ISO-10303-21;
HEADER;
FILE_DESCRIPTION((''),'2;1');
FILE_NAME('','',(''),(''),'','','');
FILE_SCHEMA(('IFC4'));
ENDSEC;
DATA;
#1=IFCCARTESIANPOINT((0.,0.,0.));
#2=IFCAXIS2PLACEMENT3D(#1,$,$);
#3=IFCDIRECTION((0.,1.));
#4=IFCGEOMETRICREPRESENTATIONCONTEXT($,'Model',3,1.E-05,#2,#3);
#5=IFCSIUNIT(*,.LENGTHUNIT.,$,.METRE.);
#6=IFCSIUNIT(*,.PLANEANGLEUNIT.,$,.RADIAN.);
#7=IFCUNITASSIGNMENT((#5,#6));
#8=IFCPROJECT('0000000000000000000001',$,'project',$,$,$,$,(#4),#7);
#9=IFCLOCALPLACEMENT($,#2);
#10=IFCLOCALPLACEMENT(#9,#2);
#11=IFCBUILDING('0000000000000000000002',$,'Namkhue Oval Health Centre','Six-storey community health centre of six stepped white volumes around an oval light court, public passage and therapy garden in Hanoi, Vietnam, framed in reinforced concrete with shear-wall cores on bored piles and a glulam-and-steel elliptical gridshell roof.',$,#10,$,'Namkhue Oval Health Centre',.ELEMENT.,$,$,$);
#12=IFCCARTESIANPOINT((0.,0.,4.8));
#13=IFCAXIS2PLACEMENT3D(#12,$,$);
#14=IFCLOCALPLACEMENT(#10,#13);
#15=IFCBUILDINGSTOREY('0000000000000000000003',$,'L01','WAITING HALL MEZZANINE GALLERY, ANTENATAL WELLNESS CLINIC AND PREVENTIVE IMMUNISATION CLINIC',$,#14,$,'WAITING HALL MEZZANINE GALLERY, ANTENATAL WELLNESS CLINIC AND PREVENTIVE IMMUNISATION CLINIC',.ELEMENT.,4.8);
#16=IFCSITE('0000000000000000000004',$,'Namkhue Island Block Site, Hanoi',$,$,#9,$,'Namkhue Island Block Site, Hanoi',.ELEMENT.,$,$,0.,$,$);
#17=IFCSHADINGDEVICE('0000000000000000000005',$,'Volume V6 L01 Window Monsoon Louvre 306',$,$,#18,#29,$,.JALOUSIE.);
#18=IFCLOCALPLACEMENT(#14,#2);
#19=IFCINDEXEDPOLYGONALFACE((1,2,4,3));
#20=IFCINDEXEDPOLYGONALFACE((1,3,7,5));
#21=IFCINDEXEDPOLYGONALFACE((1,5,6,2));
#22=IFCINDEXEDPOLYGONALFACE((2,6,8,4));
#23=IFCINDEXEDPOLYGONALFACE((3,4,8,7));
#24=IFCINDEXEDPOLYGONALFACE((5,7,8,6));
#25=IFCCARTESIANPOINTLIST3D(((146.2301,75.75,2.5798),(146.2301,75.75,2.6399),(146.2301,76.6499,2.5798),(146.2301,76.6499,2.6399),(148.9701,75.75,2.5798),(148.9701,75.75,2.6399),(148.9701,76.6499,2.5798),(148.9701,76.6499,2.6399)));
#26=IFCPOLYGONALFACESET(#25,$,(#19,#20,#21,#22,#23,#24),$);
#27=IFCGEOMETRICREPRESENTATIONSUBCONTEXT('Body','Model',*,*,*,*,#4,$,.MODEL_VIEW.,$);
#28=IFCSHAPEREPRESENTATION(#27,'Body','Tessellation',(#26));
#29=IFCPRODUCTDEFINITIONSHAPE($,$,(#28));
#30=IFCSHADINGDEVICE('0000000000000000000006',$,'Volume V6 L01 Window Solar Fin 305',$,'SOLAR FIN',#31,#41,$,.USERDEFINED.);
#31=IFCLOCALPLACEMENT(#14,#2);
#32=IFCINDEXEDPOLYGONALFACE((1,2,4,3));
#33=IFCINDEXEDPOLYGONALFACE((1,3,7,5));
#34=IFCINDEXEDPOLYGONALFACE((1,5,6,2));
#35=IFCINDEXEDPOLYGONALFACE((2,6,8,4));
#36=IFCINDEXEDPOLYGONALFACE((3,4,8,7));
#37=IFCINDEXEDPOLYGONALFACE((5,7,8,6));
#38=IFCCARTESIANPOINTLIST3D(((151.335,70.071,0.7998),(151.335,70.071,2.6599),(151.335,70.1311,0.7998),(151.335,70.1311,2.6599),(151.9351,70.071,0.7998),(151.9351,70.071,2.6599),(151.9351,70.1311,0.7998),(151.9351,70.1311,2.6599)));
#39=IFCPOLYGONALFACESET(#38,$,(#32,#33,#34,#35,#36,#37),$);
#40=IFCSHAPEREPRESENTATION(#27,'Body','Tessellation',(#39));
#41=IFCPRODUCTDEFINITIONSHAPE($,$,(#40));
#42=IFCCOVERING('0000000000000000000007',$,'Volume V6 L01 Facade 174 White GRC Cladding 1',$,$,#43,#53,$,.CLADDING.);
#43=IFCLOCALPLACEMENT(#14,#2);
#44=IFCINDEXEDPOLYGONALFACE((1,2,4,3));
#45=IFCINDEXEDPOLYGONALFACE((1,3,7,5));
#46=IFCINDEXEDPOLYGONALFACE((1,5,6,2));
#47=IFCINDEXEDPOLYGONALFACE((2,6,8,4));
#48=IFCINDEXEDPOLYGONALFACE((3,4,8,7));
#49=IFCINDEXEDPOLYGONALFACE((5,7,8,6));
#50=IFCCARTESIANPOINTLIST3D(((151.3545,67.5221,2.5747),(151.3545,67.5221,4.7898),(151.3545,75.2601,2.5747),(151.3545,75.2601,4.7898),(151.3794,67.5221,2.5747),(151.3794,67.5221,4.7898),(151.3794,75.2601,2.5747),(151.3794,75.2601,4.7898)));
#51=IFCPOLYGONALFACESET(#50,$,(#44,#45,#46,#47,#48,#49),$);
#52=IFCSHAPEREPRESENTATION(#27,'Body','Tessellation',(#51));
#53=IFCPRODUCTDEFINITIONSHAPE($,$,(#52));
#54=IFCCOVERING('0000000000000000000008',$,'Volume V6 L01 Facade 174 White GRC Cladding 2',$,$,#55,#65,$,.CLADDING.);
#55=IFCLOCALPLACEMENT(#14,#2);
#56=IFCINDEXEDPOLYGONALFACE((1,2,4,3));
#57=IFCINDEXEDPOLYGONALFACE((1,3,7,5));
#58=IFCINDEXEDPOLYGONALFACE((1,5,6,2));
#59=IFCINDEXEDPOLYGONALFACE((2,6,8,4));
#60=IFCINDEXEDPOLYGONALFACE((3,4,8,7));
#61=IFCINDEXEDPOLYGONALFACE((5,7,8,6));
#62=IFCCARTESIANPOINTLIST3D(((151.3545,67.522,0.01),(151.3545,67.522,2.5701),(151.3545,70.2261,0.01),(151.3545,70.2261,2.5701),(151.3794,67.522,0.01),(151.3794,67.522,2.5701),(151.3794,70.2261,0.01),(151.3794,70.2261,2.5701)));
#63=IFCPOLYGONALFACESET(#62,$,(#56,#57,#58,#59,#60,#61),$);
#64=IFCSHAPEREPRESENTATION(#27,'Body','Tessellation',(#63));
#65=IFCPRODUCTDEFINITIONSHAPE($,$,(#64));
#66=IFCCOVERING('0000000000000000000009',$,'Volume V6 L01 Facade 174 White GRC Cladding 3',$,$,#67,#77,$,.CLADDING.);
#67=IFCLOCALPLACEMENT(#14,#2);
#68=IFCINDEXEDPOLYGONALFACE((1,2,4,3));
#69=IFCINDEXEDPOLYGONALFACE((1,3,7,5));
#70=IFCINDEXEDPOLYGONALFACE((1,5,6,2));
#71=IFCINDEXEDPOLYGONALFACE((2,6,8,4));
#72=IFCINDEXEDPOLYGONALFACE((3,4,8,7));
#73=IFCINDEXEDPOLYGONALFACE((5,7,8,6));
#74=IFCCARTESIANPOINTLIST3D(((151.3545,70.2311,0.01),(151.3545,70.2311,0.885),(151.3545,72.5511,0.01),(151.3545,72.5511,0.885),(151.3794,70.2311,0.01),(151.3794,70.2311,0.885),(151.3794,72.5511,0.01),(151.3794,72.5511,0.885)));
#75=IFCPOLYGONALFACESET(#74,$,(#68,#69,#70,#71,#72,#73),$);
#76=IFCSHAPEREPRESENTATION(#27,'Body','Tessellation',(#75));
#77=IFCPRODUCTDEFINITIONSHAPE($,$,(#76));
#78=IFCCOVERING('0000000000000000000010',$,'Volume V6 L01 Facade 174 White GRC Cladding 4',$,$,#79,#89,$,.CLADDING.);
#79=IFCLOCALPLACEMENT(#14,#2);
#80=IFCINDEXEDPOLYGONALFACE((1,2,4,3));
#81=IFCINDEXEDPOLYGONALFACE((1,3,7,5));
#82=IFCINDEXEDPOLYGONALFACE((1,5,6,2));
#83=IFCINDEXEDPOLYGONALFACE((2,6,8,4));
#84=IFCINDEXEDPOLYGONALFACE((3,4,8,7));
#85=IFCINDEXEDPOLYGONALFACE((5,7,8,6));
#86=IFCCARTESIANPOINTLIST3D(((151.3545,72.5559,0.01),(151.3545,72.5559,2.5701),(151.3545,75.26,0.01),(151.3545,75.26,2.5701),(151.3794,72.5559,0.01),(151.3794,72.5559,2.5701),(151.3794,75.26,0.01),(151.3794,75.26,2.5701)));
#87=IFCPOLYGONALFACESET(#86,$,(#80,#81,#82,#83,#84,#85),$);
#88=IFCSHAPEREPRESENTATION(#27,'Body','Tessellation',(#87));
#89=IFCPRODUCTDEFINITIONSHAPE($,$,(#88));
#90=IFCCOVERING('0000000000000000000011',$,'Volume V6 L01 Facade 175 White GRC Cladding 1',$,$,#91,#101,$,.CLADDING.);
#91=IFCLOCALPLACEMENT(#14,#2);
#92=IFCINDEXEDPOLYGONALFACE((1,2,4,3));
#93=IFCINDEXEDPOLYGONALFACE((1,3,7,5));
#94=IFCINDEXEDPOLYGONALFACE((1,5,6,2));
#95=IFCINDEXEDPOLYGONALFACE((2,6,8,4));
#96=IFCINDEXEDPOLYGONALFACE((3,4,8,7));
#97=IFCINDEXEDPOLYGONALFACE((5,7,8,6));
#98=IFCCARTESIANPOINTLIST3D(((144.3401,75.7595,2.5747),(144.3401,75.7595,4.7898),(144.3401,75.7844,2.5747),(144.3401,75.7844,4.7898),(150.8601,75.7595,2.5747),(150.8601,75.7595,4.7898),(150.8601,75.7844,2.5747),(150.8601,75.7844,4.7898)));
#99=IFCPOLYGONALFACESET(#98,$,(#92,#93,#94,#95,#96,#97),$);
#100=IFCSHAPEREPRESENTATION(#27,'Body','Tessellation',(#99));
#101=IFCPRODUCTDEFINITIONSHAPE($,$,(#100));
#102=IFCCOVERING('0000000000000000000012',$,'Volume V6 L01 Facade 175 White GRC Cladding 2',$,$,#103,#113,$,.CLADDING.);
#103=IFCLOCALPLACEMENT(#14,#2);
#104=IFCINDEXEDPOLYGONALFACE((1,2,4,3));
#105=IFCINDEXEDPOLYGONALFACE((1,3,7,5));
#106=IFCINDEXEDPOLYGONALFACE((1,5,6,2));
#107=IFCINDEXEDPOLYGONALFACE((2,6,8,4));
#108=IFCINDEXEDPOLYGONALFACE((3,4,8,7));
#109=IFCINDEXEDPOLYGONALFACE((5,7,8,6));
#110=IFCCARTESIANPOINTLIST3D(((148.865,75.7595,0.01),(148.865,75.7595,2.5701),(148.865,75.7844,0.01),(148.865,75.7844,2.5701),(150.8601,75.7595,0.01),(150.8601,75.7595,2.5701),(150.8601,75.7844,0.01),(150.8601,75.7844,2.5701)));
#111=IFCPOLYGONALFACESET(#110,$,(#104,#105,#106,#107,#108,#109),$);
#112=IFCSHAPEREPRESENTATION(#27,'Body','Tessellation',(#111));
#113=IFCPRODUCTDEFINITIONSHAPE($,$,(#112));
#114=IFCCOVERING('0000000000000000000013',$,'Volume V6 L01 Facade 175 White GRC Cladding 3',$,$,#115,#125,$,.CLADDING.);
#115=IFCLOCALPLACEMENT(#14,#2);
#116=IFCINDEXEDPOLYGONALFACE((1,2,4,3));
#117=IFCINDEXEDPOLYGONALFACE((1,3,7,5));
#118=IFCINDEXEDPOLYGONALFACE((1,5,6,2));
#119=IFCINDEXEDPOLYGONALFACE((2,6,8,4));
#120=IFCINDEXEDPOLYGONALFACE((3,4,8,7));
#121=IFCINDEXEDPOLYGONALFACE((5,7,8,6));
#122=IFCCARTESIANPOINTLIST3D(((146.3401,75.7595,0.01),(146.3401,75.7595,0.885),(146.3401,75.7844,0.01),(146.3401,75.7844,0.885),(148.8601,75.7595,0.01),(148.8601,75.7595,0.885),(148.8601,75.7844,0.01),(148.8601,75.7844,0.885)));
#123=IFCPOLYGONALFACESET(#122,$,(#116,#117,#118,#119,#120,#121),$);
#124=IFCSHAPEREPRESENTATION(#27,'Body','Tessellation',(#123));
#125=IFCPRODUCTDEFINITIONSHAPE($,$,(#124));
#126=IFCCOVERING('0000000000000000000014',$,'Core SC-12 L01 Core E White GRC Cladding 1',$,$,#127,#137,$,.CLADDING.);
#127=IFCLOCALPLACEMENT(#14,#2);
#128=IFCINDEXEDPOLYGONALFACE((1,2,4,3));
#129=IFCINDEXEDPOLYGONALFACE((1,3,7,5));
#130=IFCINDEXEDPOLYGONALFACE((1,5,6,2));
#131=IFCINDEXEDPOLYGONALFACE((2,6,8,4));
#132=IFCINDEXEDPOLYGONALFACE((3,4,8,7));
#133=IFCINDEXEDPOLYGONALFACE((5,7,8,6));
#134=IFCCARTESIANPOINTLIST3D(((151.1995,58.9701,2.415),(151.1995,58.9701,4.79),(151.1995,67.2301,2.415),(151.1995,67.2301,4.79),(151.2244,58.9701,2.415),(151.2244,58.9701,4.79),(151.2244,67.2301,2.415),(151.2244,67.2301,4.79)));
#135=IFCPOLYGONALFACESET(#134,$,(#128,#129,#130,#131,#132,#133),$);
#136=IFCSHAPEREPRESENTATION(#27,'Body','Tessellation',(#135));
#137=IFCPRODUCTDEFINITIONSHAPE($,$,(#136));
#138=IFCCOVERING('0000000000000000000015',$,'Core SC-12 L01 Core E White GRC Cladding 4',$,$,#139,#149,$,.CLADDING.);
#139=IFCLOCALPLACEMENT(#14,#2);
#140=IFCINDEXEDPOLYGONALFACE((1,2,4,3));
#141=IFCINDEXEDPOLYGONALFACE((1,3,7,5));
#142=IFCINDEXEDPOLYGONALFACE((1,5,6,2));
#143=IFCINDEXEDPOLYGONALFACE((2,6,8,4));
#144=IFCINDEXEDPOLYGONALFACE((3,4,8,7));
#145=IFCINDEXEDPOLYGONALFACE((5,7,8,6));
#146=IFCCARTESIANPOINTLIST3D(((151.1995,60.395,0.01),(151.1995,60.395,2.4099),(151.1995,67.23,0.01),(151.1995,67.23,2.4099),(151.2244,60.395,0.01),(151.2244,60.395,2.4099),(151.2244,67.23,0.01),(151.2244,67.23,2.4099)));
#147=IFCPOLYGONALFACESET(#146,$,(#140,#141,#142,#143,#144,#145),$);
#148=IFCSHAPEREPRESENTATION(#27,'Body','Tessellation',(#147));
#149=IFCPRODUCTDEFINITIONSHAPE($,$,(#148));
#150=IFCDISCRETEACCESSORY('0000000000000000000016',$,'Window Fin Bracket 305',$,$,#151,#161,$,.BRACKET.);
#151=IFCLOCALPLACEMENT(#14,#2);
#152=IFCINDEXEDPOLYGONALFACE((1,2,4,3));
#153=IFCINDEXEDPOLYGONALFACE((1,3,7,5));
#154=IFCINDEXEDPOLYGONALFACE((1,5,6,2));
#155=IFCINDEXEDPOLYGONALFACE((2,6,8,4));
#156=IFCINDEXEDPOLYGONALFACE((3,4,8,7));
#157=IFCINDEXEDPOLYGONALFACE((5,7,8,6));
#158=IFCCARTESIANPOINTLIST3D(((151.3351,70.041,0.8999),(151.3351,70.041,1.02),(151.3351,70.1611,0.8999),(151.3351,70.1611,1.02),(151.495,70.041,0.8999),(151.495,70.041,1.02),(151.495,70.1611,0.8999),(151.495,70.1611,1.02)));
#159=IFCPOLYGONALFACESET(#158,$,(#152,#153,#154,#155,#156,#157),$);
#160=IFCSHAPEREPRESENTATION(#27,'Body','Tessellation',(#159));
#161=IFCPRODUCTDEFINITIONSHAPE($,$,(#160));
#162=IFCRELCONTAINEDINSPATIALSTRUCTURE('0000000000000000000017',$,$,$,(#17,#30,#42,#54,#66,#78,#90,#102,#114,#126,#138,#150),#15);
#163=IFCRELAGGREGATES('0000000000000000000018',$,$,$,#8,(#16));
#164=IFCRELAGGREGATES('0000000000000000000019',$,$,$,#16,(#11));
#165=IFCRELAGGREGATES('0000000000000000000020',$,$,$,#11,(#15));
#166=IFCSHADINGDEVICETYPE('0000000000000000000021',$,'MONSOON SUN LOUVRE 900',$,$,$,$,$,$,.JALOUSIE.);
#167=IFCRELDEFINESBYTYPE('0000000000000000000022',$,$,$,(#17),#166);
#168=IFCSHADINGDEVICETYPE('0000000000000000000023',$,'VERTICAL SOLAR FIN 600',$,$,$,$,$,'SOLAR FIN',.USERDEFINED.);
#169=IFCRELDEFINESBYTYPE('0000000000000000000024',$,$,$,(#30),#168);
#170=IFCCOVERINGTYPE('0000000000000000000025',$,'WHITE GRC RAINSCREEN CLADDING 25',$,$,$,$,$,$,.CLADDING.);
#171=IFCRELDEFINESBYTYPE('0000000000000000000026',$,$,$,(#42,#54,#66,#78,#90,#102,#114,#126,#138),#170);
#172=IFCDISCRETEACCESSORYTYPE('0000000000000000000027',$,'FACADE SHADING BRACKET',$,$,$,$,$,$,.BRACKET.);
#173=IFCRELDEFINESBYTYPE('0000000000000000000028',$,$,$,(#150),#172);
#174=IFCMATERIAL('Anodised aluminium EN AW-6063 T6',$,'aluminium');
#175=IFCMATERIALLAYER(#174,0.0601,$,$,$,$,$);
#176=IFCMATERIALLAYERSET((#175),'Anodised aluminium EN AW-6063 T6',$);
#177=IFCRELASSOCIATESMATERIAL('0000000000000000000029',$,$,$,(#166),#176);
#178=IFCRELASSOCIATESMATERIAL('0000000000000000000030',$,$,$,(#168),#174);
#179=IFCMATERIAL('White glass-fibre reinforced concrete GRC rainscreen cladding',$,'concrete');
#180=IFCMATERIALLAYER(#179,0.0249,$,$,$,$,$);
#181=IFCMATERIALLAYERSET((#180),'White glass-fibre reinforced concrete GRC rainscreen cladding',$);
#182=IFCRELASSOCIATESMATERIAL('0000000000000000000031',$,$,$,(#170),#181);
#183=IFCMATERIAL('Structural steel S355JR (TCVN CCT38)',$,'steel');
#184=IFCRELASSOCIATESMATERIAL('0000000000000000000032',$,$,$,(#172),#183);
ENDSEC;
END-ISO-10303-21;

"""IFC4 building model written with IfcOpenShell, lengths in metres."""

from ifc_helpers import new_model, si_unit, direction, frame, origin, origin_2d, place, context, subcontext, project, spatial, rectangle, extrude, material, layer, layer_set, type_object, element, save


model = new_model("IFC4")

# Units and contexts
model_context = context("Model", 3, precision=1e-05, world=origin(), true_north=direction((0.0, 1.0)))
body_context = subcontext(model_context, "Body", "Model", "MODEL_VIEW")
ifc_project = project(units=[si_unit("LENGTHUNIT", "METRE"), si_unit("PLANEANGLEUNIT", "RADIAN")], contexts=[model_context])

# Site, building, storey
site_placement = place(None, origin())
site = spatial("IfcSite", under=ifc_project, at=site_placement, Name="Namkhue Island Block Site, Hanoi", LongName="Namkhue Island Block Site, Hanoi", CompositionType="ELEMENT", RefElevation=0.0)
building_placement = place(site_placement, origin())
building = spatial("IfcBuilding", under=site, at=building_placement, Name="Namkhue Oval Health Centre", Description="Six-storey community health centre of six stepped white volumes around an oval light court, public passage and therapy garden in Hanoi, Vietnam, framed in reinforced concrete with shear-wall cores on bored piles and a glulam-and-steel elliptical gridshell roof.", LongName="Namkhue Oval Health Centre", CompositionType="ELEMENT")
storey_placement = place(building_placement, frame((0.0, 0.0, 4.8)))
storey = spatial("IfcBuildingStorey", under=building, at=storey_placement, Name="L01", Description="WAITING HALL MEZZANINE GALLERY, ANTENATAL WELLNESS CLINIC AND PREVENTIVE IMMUNISATION CLINIC", LongName="WAITING HALL MEZZANINE GALLERY, ANTENATAL WELLNESS CLINIC AND PREVENTIVE IMMUNISATION CLINIC", CompositionType="ELEMENT", Elevation=4.8)

# Shading devices
ifc_material_1 = material(Name="Anodised aluminium EN AW-6063 T6", Category="aluminium")
ifc_layer_1 = layer(ifc_material_1, 0.0601)
ifc_layer_set_1 = layer_set([ifc_layer_1], Name="Anodised aluminium EN AW-6063 T6")
shading_device_type_1 = type_object("IfcShadingDeviceType", Name="MONSOON SUN LOUVRE 900", PredefinedType="JALOUSIE", material=ifc_layer_set_1)
shading_device_1_placement = place(storey_placement, frame((147.6001, 76.2, 2.5798), z_axis=(0.0, 0.0, 1.0), x_axis=(-1.0, 0.0, 0.0)))
element("IfcShadingDevice", 1, at=shading_device_1_placement, inside=storey, type_object=shading_device_type_1, Name="Volume V6 L01 Window Monsoon Louvre 306", PredefinedType="JALOUSIE", context=body_context, shape_type="SweptSolid", body=[
    extrude(rectangle(XDim=2.74, YDim=0.8999, at=origin_2d()), origin(), (0.0, 0.0, 1.0), 0.0601),
])
shading_device_type_2 = type_object("IfcShadingDeviceType", Name="VERTICAL SOLAR FIN 600", ElementType="SOLAR FIN", PredefinedType="USERDEFINED", material=ifc_material_1)
shading_device_2_placement = place(storey_placement, frame((151.635, 70.1011, 0.7998), z_axis=(0.0, 0.0, 1.0), x_axis=(1.0, 0.0, 0.0)))
element("IfcShadingDevice", 2, at=shading_device_2_placement, inside=storey, type_object=shading_device_type_2, Name="Volume V6 L01 Window Solar Fin 305", ObjectType="SOLAR FIN", PredefinedType="USERDEFINED", context=body_context, shape_type="SweptSolid", body=[
    extrude(rectangle(XDim=0.6001, YDim=0.0601, at=origin_2d()), origin(), (0.0, 0.0, 1.0), 1.8601),
])

# Coverings
ifc_material_2 = material(Name="White glass-fibre reinforced concrete GRC rainscreen cladding", Category="concrete")
ifc_layer_2 = layer(ifc_material_2, 0.0249)
ifc_layer_set_2 = layer_set([ifc_layer_2], Name="White glass-fibre reinforced concrete GRC rainscreen cladding")
covering_type = type_object("IfcCoveringType", Name="WHITE GRC RAINSCREEN CLADDING 25", PredefinedType="CLADDING", material=ifc_layer_set_2)
covering_1_placement = place(storey_placement, frame((151.3669, 71.3911, 2.5747), z_axis=(0.0, 0.0, 1.0), x_axis=(0.0, 1.0, 0.0)))
element("IfcCovering", 3, at=covering_1_placement, inside=storey, type_object=covering_type, Name="Volume V6 L01 Facade 174 White GRC Cladding 1", PredefinedType="CLADDING", context=body_context, shape_type="SweptSolid", body=[
    extrude(rectangle(XDim=7.738, YDim=0.0249, at=origin_2d()), origin(), (0.0, 0.0, 1.0), 2.2151),
])
covering_2_placement = place(storey_placement, frame((151.3669, 68.874, 0.01), z_axis=(0.0, 0.0, 1.0), x_axis=(0.0, 1.0, 0.0)))
element("IfcCovering", 4, at=covering_2_placement, inside=storey, type_object=covering_type, Name="Volume V6 L01 Facade 174 White GRC Cladding 2", PredefinedType="CLADDING", context=body_context, shape_type="SweptSolid", body=[
    extrude(rectangle(XDim=2.7041, YDim=0.0249, at=origin_2d()), origin(), (0.0, 0.0, 1.0), 2.5601),
])
covering_3_placement = place(storey_placement, frame((151.3669, 71.3911, 0.01), z_axis=(0.0, 0.0, 1.0), x_axis=(0.0, 1.0, 0.0)))
element("IfcCovering", 5, at=covering_3_placement, inside=storey, type_object=covering_type, Name="Volume V6 L01 Facade 174 White GRC Cladding 3", PredefinedType="CLADDING", context=body_context, shape_type="SweptSolid", body=[
    extrude(rectangle(XDim=2.3201, YDim=0.0249, at=origin_2d()), origin(), (0.0, 0.0, 1.0), 0.875),
])
covering_4_placement = place(storey_placement, frame((151.3669, 73.908, 0.01), z_axis=(0.0, 0.0, 1.0), x_axis=(0.0, 1.0, 0.0)))
element("IfcCovering", 6, at=covering_4_placement, inside=storey, type_object=covering_type, Name="Volume V6 L01 Facade 174 White GRC Cladding 4", PredefinedType="CLADDING", context=body_context, shape_type="SweptSolid", body=[
    extrude(rectangle(XDim=2.7041, YDim=0.0249, at=origin_2d()), origin(), (0.0, 0.0, 1.0), 2.5601),
])
covering_5_placement = place(storey_placement, frame((147.6001, 75.772, 2.5747), z_axis=(0.0, 0.0, 1.0), x_axis=(-1.0, 0.0, 0.0)))
element("IfcCovering", 7, at=covering_5_placement, inside=storey, type_object=covering_type, Name="Volume V6 L01 Facade 175 White GRC Cladding 1", PredefinedType="CLADDING", context=body_context, shape_type="SweptSolid", body=[
    extrude(rectangle(XDim=6.52, YDim=0.0249, at=origin_2d()), origin(), (0.0, 0.0, 1.0), 2.2151),
])
covering_6_placement = place(storey_placement, frame((149.8625, 75.772, 0.01), z_axis=(0.0, 0.0, 1.0), x_axis=(-1.0, 0.0, 0.0)))
element("IfcCovering", 8, at=covering_6_placement, inside=storey, type_object=covering_type, Name="Volume V6 L01 Facade 175 White GRC Cladding 2", PredefinedType="CLADDING", context=body_context, shape_type="SweptSolid", body=[
    extrude(rectangle(XDim=1.9951, YDim=0.0249, at=origin_2d()), origin(), (0.0, 0.0, 1.0), 2.5601),
])
covering_7_placement = place(storey_placement, frame((147.6001, 75.772, 0.01), z_axis=(0.0, 0.0, 1.0), x_axis=(-1.0, 0.0, 0.0)))
element("IfcCovering", 9, at=covering_7_placement, inside=storey, type_object=covering_type, Name="Volume V6 L01 Facade 175 White GRC Cladding 3", PredefinedType="CLADDING", context=body_context, shape_type="SweptSolid", body=[
    extrude(rectangle(XDim=2.52, YDim=0.0249, at=origin_2d()), origin(), (0.0, 0.0, 1.0), 0.875),
])
covering_8_placement = place(storey_placement, frame((151.2119, 63.1001, 2.415), z_axis=(0.0, 0.0, 1.0), x_axis=(0.0, 1.0, 0.0)))
element("IfcCovering", 10, at=covering_8_placement, inside=storey, type_object=covering_type, Name="Core SC-12 L01 Core E White GRC Cladding 1", PredefinedType="CLADDING", context=body_context, shape_type="SweptSolid", body=[
    extrude(rectangle(XDim=8.26, YDim=0.0249, at=origin_2d()), origin(), (0.0, 0.0, 1.0), 2.375),
])
covering_9_placement = place(storey_placement, frame((151.2119, 63.8125, 0.01), z_axis=(0.0, 0.0, 1.0), x_axis=(0.0, 1.0, 0.0)))
element("IfcCovering", 11, at=covering_9_placement, inside=storey, type_object=covering_type, Name="Core SC-12 L01 Core E White GRC Cladding 4", PredefinedType="CLADDING", context=body_context, shape_type="SweptSolid", body=[
    extrude(rectangle(XDim=6.835, YDim=0.0249, at=origin_2d()), origin(), (0.0, 0.0, 1.0), 2.3999),
])

# Discrete accessory
ifc_material_3 = material(Name="Structural steel S355JR (TCVN CCT38)", Category="steel")
discrete_accessory_type = type_object("IfcDiscreteAccessoryType", Name="FACADE SHADING BRACKET", PredefinedType="BRACKET", material=ifc_material_3)
discrete_accessory_placement = place(storey_placement, frame((151.415, 70.1011, 0.8999), z_axis=(0.0, 0.0, 1.0), x_axis=(1.0, 0.0, 0.0)))
element("IfcDiscreteAccessory", 12, at=discrete_accessory_placement, inside=storey, type_object=discrete_accessory_type, Name="Window Fin Bracket 305", PredefinedType="BRACKET", context=body_context, shape_type="SweptSolid", body=[
    extrude(rectangle(XDim=0.1599, YDim=0.1201, at=origin_2d()), origin(), (0.0, 0.0, 1.0), 0.1201),
])

save(model, "model.ifc")
